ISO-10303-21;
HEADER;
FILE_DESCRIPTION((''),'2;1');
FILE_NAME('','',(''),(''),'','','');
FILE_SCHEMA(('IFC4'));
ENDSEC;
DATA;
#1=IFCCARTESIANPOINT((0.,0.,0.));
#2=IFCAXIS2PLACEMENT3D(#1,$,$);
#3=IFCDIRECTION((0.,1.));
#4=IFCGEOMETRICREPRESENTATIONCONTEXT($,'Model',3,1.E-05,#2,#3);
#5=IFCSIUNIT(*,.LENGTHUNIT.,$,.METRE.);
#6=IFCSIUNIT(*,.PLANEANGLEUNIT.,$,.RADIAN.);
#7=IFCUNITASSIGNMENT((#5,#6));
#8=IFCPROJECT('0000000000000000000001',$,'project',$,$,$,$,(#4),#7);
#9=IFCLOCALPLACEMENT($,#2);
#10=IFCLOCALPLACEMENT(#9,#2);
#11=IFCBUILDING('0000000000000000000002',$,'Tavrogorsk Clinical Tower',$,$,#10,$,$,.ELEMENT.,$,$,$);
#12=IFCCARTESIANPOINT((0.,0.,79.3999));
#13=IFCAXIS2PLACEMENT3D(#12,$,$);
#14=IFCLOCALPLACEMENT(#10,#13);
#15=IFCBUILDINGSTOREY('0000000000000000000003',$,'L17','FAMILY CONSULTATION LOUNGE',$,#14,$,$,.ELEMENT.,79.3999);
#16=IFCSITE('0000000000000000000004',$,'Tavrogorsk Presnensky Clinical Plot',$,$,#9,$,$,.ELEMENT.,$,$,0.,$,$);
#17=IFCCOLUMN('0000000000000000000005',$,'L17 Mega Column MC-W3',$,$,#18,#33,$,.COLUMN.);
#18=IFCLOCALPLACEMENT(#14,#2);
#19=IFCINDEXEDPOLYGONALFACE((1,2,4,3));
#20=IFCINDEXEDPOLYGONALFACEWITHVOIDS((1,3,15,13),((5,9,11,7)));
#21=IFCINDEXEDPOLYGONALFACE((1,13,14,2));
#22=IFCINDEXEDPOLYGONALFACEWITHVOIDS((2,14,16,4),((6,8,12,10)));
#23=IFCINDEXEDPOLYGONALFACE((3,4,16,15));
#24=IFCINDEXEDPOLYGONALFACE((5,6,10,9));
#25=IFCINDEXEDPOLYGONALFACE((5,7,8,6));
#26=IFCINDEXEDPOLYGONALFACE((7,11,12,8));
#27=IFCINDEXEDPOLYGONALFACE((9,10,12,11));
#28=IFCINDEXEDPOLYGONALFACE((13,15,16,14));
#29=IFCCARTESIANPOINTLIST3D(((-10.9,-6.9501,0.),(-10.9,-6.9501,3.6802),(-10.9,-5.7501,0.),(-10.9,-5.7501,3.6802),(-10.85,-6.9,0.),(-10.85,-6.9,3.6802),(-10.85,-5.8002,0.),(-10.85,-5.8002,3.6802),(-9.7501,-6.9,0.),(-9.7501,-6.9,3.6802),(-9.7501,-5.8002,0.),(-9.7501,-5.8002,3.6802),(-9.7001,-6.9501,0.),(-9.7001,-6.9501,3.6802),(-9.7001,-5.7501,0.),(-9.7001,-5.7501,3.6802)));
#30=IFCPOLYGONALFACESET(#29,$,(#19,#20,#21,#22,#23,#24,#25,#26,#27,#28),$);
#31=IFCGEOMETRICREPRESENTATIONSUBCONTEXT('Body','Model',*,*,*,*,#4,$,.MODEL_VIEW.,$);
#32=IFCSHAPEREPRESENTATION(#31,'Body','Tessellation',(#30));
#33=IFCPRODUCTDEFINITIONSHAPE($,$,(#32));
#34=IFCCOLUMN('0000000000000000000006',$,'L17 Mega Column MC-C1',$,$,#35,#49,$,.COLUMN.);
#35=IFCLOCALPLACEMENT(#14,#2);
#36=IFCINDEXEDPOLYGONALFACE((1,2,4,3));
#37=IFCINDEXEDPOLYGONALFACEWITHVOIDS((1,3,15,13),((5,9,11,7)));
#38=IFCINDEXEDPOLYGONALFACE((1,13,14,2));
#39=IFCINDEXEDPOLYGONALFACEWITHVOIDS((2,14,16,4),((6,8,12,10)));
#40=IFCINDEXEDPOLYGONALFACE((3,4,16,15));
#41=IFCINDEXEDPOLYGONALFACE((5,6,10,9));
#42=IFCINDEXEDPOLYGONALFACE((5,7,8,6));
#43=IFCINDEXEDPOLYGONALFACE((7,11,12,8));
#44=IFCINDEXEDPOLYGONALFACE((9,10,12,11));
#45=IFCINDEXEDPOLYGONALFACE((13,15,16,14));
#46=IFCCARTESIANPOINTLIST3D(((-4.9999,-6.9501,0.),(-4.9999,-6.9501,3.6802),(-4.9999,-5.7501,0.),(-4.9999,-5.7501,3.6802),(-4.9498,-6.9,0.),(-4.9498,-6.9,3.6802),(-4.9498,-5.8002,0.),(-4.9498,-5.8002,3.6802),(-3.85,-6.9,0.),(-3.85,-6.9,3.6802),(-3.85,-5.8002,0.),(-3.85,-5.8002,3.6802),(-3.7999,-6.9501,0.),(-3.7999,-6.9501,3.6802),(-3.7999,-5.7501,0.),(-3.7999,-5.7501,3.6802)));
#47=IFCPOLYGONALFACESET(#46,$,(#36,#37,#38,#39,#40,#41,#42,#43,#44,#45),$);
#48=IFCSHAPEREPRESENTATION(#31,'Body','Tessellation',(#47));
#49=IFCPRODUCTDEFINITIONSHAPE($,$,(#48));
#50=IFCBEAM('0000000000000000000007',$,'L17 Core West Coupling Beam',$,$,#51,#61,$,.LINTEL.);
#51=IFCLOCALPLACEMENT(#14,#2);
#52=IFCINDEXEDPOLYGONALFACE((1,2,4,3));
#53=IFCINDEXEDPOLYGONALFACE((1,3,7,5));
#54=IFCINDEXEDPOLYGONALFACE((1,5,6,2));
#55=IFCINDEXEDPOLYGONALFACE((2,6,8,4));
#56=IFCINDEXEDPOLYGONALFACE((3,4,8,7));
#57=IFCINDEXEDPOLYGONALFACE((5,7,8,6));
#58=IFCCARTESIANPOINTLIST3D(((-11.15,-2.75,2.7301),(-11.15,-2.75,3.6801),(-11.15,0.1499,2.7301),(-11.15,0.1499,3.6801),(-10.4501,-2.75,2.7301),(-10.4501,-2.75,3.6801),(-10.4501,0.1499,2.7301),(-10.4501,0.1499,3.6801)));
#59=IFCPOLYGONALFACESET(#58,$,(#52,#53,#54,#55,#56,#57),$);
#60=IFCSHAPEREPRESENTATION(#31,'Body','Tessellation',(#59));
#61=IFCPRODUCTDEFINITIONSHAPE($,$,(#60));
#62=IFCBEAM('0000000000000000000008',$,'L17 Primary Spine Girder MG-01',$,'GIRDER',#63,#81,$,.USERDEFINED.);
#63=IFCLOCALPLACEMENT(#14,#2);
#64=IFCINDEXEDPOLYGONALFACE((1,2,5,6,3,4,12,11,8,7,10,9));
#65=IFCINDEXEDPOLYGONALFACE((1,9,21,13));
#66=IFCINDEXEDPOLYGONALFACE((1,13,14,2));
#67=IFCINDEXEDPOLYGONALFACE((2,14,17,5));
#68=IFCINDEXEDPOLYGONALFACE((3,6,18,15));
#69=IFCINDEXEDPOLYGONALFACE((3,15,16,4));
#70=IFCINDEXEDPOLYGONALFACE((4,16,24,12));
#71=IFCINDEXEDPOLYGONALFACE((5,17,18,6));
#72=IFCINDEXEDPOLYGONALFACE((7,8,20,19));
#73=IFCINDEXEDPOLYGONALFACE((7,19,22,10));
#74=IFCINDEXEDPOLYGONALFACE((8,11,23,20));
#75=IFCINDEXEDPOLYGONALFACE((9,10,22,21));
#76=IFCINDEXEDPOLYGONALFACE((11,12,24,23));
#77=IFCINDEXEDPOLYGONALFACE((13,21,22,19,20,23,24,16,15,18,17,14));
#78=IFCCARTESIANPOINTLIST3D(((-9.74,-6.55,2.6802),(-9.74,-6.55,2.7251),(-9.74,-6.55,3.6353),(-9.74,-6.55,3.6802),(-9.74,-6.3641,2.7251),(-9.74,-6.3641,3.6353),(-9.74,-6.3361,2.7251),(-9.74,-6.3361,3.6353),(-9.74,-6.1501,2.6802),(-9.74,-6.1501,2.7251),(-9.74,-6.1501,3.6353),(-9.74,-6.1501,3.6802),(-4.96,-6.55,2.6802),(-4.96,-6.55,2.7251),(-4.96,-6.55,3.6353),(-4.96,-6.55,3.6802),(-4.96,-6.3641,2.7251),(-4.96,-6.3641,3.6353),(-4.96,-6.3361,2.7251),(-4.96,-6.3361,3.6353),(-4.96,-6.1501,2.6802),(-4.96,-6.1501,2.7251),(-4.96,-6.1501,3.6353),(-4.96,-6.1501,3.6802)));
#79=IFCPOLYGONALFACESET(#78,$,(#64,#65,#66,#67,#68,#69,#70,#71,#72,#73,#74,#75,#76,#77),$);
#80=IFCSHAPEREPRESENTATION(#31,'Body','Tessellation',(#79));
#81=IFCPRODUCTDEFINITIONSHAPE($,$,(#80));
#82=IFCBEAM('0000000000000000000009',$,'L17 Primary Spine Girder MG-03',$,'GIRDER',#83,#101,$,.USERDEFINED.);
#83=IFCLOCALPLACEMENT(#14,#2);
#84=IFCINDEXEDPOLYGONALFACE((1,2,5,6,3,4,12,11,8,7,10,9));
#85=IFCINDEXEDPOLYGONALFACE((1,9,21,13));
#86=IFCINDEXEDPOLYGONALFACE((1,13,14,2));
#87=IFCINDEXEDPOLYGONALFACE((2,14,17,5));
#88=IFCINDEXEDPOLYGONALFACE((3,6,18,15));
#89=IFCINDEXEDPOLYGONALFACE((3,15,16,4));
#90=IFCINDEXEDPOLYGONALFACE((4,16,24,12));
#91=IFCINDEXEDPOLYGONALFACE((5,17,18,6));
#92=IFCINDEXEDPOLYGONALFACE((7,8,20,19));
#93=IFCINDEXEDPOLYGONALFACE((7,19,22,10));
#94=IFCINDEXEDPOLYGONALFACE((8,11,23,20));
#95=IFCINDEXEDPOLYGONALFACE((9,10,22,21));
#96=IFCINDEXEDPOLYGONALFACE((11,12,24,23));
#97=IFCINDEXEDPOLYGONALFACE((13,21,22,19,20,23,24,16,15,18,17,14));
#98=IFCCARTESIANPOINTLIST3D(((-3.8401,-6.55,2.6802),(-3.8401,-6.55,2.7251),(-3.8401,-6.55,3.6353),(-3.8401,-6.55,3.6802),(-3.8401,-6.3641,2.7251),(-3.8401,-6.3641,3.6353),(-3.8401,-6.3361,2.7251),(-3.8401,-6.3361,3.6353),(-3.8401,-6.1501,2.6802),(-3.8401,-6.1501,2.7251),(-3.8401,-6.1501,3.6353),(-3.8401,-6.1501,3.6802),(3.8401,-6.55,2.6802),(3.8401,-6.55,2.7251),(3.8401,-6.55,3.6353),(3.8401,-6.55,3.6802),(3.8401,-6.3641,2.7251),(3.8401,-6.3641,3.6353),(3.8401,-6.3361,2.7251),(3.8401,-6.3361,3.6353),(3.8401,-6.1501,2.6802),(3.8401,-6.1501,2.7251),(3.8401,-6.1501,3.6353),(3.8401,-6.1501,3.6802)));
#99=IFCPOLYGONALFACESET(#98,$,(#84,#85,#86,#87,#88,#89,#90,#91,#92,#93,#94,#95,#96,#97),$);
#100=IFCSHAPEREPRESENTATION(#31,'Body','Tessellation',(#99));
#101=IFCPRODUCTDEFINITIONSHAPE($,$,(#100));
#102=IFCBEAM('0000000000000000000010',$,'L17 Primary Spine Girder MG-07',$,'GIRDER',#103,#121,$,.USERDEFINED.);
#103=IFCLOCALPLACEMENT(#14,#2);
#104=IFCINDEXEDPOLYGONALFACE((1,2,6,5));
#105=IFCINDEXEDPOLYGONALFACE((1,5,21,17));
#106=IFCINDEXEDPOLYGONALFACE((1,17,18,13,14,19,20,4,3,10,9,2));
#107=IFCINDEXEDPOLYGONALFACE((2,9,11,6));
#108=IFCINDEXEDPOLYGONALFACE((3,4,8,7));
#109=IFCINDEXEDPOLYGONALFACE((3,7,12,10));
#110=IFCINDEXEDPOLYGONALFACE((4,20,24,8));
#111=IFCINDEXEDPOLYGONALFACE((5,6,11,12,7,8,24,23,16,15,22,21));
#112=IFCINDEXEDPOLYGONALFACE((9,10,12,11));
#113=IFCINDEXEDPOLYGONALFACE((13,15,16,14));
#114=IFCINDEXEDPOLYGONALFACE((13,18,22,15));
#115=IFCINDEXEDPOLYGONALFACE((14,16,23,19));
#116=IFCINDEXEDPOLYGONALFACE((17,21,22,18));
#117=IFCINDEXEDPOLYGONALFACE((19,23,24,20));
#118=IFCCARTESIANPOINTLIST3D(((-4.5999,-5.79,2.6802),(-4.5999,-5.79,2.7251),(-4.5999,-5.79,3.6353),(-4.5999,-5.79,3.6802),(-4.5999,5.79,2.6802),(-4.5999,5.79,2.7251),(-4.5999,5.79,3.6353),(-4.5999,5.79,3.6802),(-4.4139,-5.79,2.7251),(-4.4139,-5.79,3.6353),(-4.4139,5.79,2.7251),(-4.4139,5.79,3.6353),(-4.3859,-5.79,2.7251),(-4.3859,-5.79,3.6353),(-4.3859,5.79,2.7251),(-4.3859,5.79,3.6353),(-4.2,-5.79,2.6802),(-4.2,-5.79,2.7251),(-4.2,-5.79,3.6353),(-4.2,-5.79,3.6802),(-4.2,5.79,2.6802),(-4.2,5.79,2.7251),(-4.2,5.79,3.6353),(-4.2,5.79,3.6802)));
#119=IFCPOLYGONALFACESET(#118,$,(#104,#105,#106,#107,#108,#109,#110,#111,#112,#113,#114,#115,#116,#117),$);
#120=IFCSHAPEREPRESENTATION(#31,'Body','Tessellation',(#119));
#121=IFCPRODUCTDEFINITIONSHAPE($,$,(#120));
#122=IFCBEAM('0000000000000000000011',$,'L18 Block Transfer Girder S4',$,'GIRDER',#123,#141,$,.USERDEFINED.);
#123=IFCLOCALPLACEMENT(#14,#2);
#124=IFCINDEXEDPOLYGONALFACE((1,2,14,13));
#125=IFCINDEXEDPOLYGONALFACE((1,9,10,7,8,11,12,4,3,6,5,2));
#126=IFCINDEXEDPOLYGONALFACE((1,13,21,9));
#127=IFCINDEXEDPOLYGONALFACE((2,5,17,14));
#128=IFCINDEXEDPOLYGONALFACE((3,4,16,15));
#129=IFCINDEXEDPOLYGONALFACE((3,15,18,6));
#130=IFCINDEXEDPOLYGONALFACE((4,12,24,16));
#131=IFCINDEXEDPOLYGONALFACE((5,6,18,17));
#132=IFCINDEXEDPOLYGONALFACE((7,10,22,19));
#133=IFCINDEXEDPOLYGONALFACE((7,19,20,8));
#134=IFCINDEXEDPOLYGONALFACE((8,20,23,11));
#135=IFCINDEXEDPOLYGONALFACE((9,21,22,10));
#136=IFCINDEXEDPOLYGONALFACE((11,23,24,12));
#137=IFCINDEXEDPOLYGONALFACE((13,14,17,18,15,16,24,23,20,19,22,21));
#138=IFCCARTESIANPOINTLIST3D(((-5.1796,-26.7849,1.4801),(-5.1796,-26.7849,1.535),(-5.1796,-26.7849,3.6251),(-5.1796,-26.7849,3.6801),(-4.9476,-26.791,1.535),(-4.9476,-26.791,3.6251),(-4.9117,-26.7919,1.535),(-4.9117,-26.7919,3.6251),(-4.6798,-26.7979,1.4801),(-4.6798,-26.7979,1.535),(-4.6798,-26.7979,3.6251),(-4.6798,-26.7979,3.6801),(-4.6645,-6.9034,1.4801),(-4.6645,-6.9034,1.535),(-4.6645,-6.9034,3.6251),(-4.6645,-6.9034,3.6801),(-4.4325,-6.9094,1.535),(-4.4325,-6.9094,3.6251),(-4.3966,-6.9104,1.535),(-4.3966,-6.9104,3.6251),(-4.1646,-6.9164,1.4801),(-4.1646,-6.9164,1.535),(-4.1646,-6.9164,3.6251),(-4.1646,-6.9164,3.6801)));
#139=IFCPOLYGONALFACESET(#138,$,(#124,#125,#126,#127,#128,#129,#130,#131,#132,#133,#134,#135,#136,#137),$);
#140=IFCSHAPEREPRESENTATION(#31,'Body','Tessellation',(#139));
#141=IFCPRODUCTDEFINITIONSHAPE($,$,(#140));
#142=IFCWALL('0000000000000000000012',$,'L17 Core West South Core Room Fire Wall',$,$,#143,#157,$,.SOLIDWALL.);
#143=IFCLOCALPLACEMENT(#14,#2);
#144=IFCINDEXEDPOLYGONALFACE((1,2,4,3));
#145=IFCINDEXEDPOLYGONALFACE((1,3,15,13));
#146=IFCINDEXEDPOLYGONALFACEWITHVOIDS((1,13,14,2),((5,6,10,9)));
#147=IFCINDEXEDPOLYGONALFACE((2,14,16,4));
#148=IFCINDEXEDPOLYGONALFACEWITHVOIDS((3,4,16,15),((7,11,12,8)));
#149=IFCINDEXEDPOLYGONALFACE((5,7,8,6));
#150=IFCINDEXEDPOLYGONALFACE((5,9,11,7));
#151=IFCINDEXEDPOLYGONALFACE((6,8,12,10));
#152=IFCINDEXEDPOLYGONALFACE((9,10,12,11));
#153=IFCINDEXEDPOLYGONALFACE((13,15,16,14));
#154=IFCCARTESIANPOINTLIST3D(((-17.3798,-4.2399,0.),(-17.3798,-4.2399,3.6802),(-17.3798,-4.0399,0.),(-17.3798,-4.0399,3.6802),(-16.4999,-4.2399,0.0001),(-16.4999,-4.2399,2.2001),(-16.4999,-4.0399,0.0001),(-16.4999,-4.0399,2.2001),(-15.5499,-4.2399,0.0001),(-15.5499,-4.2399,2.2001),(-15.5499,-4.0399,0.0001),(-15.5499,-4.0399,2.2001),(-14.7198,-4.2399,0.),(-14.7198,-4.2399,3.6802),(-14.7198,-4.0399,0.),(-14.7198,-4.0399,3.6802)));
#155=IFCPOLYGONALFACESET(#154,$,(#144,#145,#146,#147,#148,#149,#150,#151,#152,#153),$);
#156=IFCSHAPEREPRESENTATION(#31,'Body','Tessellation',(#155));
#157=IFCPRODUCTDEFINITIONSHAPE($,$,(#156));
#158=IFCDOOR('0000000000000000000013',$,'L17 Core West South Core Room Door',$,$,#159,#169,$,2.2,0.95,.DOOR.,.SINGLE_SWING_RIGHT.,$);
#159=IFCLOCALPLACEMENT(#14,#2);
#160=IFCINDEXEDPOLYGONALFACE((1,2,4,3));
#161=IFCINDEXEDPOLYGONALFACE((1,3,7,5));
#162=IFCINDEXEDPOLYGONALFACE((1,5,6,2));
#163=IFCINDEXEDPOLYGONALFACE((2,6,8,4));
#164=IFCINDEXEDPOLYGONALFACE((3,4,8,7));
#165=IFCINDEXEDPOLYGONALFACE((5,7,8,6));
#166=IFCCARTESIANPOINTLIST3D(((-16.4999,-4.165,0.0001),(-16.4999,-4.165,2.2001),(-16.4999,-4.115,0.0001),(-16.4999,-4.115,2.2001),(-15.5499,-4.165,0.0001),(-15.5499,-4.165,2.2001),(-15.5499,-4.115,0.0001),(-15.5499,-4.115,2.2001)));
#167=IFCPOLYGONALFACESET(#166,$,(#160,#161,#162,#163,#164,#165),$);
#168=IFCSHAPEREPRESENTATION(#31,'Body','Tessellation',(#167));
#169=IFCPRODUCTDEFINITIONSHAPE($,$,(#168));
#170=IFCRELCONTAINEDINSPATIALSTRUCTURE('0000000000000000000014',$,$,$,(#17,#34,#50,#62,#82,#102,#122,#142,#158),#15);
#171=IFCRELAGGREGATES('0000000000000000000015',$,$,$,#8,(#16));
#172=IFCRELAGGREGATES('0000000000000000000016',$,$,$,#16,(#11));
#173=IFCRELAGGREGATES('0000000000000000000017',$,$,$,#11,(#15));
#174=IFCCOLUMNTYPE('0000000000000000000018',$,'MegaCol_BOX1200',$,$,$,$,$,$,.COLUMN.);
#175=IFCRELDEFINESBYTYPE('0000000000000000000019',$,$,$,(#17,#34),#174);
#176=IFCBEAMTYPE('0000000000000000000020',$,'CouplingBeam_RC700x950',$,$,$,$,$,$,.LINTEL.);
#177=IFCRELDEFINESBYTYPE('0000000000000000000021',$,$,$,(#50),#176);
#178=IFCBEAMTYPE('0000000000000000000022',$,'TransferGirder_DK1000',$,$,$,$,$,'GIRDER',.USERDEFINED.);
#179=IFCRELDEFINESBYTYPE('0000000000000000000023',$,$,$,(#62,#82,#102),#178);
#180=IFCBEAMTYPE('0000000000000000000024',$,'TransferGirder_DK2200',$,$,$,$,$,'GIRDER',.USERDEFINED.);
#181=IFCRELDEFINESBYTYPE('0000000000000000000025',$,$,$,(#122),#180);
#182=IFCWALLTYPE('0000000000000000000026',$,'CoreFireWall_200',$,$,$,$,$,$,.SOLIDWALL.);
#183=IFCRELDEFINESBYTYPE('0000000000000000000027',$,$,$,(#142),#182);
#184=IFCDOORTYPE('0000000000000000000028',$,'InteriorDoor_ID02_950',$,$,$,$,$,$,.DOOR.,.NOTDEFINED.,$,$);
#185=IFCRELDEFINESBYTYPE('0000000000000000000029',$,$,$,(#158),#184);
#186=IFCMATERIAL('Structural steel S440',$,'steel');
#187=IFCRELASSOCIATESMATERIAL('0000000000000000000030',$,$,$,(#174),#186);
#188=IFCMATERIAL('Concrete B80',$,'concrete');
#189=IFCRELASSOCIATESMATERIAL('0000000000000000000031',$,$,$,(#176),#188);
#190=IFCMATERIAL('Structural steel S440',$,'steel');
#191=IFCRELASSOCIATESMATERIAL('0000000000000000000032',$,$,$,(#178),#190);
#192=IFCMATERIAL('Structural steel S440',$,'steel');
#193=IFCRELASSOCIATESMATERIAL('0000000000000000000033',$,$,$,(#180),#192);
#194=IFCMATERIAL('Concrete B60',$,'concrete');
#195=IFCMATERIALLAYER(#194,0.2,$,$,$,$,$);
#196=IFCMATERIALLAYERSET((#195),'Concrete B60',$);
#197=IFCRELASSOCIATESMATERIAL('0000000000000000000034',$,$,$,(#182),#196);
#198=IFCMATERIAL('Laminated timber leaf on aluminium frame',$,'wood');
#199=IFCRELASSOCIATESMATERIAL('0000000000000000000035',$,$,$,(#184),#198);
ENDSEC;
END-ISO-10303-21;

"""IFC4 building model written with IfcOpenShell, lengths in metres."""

from ifc_helpers import new_model, si_unit, direction, frame, frame_2d, origin, origin_2d, place, context, subcontext, project, spatial, rectangle, hollow_rectangle, i_section, extrude, material, layer, layer_set, material_profile, profile_set, type_object, element, fill, save


model = new_model("IFC4")

# Units and contexts
model_context = context("Model", 3, precision=1e-05, world=origin(), true_north=direction((0.0, 1.0)))
body_context = subcontext(model_context, "Body", "Model", "MODEL_VIEW")
ifc_project = project(units=[si_unit("LENGTHUNIT", "METRE"), si_unit("PLANEANGLEUNIT", "RADIAN")], contexts=[model_context])

# Site, building, storey
site_placement = place(None, origin())
site = spatial("IfcSite", under=ifc_project, at=site_placement, Name="Tavrogorsk Presnensky Clinical Plot", CompositionType="ELEMENT", RefElevation=0.0)
building_placement = place(site_placement, origin())
building = spatial("IfcBuilding", under=site, at=building_placement, Name="Tavrogorsk Clinical Tower", CompositionType="ELEMENT")
storey_placement = place(building_placement, frame((0.0, 0.0, 79.3999)))
storey = spatial("IfcBuildingStorey", under=building, at=storey_placement, Name="L17", Description="FAMILY CONSULTATION LOUNGE", CompositionType="ELEMENT", Elevation=79.3999)

# Columns
ifc_material_1 = material(Name="Structural steel S440", Category="steel")
ifc_material_profile_1 = material_profile(ifc_material_1, hollow_rectangle(XDim=1.2, YDim=1.2, WallThickness=0.05, at=origin_2d()), Name="BOX-1200x1200x50")
ifc_profile_set_1 = profile_set([ifc_material_profile_1], Name="Structural steel S440")
column_type = type_object("IfcColumnType", Name="MegaCol_BOX1200", PredefinedType="COLUMN", material=ifc_profile_set_1)
for number, where, z_axis, x_axis, name in (
    (1, (-10.3, -6.3501, 0.0), (0.0, 0.0, 1.0), (1.0, 0.0, 0.0), "L17 Mega Column MC-W3"),
    (2, (-4.3999, -6.3501, 0.0), (0.0, 0.0, 1.0), (1.0, 0.0, 0.0), "L17 Mega Column MC-C1"),
):
    element("IfcColumn", number, at=place(storey_placement, frame(where, z_axis=z_axis, x_axis=x_axis)), inside=storey, type_object=column_type, Name=name, PredefinedType="COLUMN", context=body_context, shape_type="SweptSolid", body=[
        extrude(hollow_rectangle(XDim=1.2, YDim=1.2, WallThickness=0.05, at=origin_2d()), origin(), (0.0, 0.0, 1.0), 3.6802),
    ])

# Beams
ifc_material_2 = material(Name="Concrete B80", Category="concrete")
ifc_material_profile_2 = material_profile(ifc_material_2, rectangle(XDim=0.7, YDim=0.95, at=origin_2d()), Name="RC-CB-700x950")
ifc_profile_set_2 = profile_set([ifc_material_profile_2], Name="Concrete B80")
beam_type_1 = type_object("IfcBeamType", Name="CouplingBeam_RC700x950", PredefinedType="LINTEL", material=ifc_profile_set_2)
beam_1_placement = place(storey_placement, frame((-10.8, -2.75, 3.2051), z_axis=(0.0, 1.0, 0.0), x_axis=(-1.0, 0.0, 0.0)))
element("IfcBeam", 3, at=beam_1_placement, inside=storey, type_object=beam_type_1, Name="L17 Core West Coupling Beam", PredefinedType="LINTEL", context=body_context, shape_type="SweptSolid", body=[
    extrude(rectangle(XDim=0.7, YDim=0.95, at=origin_2d()), origin(), (0.0, 0.0, 1.0), 2.8999),
])
ifc_material_3 = material(Name="Structural steel S440", Category="steel")
ifc_material_profile_3 = material_profile(ifc_material_3, i_section(OverallWidth=0.3999, OverallDepth=1.0, WebThickness=0.0281, FlangeThickness=0.0449, at=origin_2d()), Name="DK-1000x400x28x45")
ifc_profile_set_3 = profile_set([ifc_material_profile_3], Name="Structural steel S440")
beam_type_2 = type_object("IfcBeamType", Name="TransferGirder_DK1000", ElementType="GIRDER", PredefinedType="USERDEFINED", material=ifc_profile_set_3)
beam_2_placement = place(storey_placement, frame((-9.74, -6.3501, 3.1802), z_axis=(1.0, 0.0, 0.0), x_axis=(0.0, 1.0, 0.0)))
element("IfcBeam", 4, at=beam_2_placement, inside=storey, type_object=beam_type_2, Name="L17 Primary Spine Girder MG-01", ObjectType="GIRDER", PredefinedType="USERDEFINED", context=body_context, shape_type="SweptSolid", body=[
    extrude(i_section(OverallWidth=0.3999, OverallDepth=1.0, WebThickness=0.0281, FlangeThickness=0.0449, at=origin_2d()), origin(), (0.0, 0.0, 1.0), 4.78),
])
beam_3_placement = place(storey_placement, frame((-3.8401, -6.3501, 3.1802), z_axis=(1.0, 0.0, 0.0), x_axis=(0.0, 1.0, 0.0)))
element("IfcBeam", 5, at=beam_3_placement, inside=storey, type_object=beam_type_2, Name="L17 Primary Spine Girder MG-03", ObjectType="GIRDER", PredefinedType="USERDEFINED", context=body_context, shape_type="SweptSolid", body=[
    extrude(i_section(OverallWidth=0.3999, OverallDepth=1.0, WebThickness=0.0281, FlangeThickness=0.0449, at=origin_2d()), origin(), (0.0, 0.0, 1.0), 7.6802),
])
beam_4_placement = place(storey_placement, frame((-4.3999, -5.79, 3.1802), z_axis=(0.0, 1.0, 0.0), x_axis=(-1.0, 0.0, 0.0)))
element("IfcBeam", 6, at=beam_4_placement, inside=storey, type_object=beam_type_2, Name="L17 Primary Spine Girder MG-07", ObjectType="GIRDER", PredefinedType="USERDEFINED", context=body_context, shape_type="SweptSolid", body=[
    extrude(i_section(OverallWidth=0.3999, OverallDepth=1.0, WebThickness=0.0281, FlangeThickness=0.0449, at=origin_2d()), origin(), (0.0, 0.0, 1.0), 11.5801),
])
ifc_material_4 = material(Name="Structural steel S440", Category="steel")
ifc_material_profile_4 = material_profile(ifc_material_4, i_section(OverallWidth=0.5, OverallDepth=2.2, WebThickness=0.0359, FlangeThickness=0.0549, at=origin_2d()), Name="DK-2200x500x36x55")
ifc_profile_set_4 = profile_set([ifc_material_profile_4], Name="Structural steel S440")
beam_type_3 = type_object("IfcBeamType", Name="TransferGirder_DK2200", ElementType="GIRDER", PredefinedType="USERDEFINED", material=ifc_profile_set_4)
beam_5_placement = place(storey_placement, frame((-4.4146, -6.9099, 2.5801), z_axis=(-0.025902, -0.999664, 0.0), x_axis=(0.999664, -0.025902, 0.0)))
element("IfcBeam", 7, at=beam_5_placement, inside=storey, type_object=beam_type_3, Name="L18 Block Transfer Girder S4", ObjectType="GIRDER", PredefinedType="USERDEFINED", context=body_context, shape_type="SweptSolid", body=[
    extrude(i_section(OverallWidth=0.5, OverallDepth=2.2, WebThickness=0.0359, FlangeThickness=0.0549, at=origin_2d()), origin(), (0.0, 0.0, 1.0), 19.8882),
])

# Wall, opening, door
ifc_material_5 = material(Name="Concrete B60", Category="concrete")
ifc_layer_1 = layer(ifc_material_5, 0.2)
ifc_layer_set_1 = layer_set([ifc_layer_1], Name="Concrete B60")
wall_type_1 = type_object("IfcWallType", Name="CoreFireWall_200", PredefinedType="SOLIDWALL", material=ifc_layer_set_1)
wall_1_placement = place(storey_placement, frame((-17.3799, -4.1399, 0.0), z_axis=(0.0, 0.0, 1.0), x_axis=(1.0, 0.0, 0.0)))
wall_1 = element("IfcWall", 8, at=wall_1_placement, inside=storey, type_object=wall_type_1, Name="L17 Core West South Core Room Fire Wall", PredefinedType="SOLIDWALL", context=body_context, shape_type="SweptSolid", body=[
    extrude(rectangle(XDim=2.6599, YDim=0.2, at=frame_2d((1.3301, 0.0))), origin(), (0.0, 0.0, 1.0), 3.6802),
])
opening_1_placement = place(wall_1_placement, frame((0.8799, 0.0, 0.0)))
opening_1 = element("IfcOpeningElement", 9, at=opening_1_placement, cuts=wall_1, PredefinedType="OPENING", context=body_context, shape_type="SweptSolid", body=[
    extrude(rectangle(XDim=0.95, YDim=2.2, at=frame_2d((0.4751, 1.1001))), frame((0.0, 0.1099, 0.0), z_axis=(0.0, -1.0, 0.0), x_axis=(1.0, 0.0, 0.0)), (0.0, 0.0, 1.0), 0.22),
])
ifc_material_6 = material(Name="Laminated timber leaf on aluminium frame", Category="wood")
door_type_1 = type_object("IfcDoorType", Name="InteriorDoor_ID02_950", OperationType="NOTDEFINED", PredefinedType="DOOR", material=ifc_material_6)
door_1_placement = place(opening_1_placement, origin())
door_1 = element("IfcDoor", 10, at=door_1_placement, inside=storey, type_object=door_type_1, Name="L17 Core West South Core Room Door", OperationType="SINGLE_SWING_RIGHT", OverallHeight=2.2, OverallWidth=0.95, PredefinedType="DOOR", context=body_context, shape_type="SweptSolid", body=[
    extrude(rectangle(XDim=0.95, YDim=2.2, at=frame_2d((0.4751, 1.1001))), frame((0.0, 0.0249, 0.0), z_axis=(0.0, -1.0, 0.0), x_axis=(1.0, 0.0, 0.0)), (0.0, 0.0, 1.0), 0.05),
])
fill(opening_1, door_1)

save(model, "model.ifc")
